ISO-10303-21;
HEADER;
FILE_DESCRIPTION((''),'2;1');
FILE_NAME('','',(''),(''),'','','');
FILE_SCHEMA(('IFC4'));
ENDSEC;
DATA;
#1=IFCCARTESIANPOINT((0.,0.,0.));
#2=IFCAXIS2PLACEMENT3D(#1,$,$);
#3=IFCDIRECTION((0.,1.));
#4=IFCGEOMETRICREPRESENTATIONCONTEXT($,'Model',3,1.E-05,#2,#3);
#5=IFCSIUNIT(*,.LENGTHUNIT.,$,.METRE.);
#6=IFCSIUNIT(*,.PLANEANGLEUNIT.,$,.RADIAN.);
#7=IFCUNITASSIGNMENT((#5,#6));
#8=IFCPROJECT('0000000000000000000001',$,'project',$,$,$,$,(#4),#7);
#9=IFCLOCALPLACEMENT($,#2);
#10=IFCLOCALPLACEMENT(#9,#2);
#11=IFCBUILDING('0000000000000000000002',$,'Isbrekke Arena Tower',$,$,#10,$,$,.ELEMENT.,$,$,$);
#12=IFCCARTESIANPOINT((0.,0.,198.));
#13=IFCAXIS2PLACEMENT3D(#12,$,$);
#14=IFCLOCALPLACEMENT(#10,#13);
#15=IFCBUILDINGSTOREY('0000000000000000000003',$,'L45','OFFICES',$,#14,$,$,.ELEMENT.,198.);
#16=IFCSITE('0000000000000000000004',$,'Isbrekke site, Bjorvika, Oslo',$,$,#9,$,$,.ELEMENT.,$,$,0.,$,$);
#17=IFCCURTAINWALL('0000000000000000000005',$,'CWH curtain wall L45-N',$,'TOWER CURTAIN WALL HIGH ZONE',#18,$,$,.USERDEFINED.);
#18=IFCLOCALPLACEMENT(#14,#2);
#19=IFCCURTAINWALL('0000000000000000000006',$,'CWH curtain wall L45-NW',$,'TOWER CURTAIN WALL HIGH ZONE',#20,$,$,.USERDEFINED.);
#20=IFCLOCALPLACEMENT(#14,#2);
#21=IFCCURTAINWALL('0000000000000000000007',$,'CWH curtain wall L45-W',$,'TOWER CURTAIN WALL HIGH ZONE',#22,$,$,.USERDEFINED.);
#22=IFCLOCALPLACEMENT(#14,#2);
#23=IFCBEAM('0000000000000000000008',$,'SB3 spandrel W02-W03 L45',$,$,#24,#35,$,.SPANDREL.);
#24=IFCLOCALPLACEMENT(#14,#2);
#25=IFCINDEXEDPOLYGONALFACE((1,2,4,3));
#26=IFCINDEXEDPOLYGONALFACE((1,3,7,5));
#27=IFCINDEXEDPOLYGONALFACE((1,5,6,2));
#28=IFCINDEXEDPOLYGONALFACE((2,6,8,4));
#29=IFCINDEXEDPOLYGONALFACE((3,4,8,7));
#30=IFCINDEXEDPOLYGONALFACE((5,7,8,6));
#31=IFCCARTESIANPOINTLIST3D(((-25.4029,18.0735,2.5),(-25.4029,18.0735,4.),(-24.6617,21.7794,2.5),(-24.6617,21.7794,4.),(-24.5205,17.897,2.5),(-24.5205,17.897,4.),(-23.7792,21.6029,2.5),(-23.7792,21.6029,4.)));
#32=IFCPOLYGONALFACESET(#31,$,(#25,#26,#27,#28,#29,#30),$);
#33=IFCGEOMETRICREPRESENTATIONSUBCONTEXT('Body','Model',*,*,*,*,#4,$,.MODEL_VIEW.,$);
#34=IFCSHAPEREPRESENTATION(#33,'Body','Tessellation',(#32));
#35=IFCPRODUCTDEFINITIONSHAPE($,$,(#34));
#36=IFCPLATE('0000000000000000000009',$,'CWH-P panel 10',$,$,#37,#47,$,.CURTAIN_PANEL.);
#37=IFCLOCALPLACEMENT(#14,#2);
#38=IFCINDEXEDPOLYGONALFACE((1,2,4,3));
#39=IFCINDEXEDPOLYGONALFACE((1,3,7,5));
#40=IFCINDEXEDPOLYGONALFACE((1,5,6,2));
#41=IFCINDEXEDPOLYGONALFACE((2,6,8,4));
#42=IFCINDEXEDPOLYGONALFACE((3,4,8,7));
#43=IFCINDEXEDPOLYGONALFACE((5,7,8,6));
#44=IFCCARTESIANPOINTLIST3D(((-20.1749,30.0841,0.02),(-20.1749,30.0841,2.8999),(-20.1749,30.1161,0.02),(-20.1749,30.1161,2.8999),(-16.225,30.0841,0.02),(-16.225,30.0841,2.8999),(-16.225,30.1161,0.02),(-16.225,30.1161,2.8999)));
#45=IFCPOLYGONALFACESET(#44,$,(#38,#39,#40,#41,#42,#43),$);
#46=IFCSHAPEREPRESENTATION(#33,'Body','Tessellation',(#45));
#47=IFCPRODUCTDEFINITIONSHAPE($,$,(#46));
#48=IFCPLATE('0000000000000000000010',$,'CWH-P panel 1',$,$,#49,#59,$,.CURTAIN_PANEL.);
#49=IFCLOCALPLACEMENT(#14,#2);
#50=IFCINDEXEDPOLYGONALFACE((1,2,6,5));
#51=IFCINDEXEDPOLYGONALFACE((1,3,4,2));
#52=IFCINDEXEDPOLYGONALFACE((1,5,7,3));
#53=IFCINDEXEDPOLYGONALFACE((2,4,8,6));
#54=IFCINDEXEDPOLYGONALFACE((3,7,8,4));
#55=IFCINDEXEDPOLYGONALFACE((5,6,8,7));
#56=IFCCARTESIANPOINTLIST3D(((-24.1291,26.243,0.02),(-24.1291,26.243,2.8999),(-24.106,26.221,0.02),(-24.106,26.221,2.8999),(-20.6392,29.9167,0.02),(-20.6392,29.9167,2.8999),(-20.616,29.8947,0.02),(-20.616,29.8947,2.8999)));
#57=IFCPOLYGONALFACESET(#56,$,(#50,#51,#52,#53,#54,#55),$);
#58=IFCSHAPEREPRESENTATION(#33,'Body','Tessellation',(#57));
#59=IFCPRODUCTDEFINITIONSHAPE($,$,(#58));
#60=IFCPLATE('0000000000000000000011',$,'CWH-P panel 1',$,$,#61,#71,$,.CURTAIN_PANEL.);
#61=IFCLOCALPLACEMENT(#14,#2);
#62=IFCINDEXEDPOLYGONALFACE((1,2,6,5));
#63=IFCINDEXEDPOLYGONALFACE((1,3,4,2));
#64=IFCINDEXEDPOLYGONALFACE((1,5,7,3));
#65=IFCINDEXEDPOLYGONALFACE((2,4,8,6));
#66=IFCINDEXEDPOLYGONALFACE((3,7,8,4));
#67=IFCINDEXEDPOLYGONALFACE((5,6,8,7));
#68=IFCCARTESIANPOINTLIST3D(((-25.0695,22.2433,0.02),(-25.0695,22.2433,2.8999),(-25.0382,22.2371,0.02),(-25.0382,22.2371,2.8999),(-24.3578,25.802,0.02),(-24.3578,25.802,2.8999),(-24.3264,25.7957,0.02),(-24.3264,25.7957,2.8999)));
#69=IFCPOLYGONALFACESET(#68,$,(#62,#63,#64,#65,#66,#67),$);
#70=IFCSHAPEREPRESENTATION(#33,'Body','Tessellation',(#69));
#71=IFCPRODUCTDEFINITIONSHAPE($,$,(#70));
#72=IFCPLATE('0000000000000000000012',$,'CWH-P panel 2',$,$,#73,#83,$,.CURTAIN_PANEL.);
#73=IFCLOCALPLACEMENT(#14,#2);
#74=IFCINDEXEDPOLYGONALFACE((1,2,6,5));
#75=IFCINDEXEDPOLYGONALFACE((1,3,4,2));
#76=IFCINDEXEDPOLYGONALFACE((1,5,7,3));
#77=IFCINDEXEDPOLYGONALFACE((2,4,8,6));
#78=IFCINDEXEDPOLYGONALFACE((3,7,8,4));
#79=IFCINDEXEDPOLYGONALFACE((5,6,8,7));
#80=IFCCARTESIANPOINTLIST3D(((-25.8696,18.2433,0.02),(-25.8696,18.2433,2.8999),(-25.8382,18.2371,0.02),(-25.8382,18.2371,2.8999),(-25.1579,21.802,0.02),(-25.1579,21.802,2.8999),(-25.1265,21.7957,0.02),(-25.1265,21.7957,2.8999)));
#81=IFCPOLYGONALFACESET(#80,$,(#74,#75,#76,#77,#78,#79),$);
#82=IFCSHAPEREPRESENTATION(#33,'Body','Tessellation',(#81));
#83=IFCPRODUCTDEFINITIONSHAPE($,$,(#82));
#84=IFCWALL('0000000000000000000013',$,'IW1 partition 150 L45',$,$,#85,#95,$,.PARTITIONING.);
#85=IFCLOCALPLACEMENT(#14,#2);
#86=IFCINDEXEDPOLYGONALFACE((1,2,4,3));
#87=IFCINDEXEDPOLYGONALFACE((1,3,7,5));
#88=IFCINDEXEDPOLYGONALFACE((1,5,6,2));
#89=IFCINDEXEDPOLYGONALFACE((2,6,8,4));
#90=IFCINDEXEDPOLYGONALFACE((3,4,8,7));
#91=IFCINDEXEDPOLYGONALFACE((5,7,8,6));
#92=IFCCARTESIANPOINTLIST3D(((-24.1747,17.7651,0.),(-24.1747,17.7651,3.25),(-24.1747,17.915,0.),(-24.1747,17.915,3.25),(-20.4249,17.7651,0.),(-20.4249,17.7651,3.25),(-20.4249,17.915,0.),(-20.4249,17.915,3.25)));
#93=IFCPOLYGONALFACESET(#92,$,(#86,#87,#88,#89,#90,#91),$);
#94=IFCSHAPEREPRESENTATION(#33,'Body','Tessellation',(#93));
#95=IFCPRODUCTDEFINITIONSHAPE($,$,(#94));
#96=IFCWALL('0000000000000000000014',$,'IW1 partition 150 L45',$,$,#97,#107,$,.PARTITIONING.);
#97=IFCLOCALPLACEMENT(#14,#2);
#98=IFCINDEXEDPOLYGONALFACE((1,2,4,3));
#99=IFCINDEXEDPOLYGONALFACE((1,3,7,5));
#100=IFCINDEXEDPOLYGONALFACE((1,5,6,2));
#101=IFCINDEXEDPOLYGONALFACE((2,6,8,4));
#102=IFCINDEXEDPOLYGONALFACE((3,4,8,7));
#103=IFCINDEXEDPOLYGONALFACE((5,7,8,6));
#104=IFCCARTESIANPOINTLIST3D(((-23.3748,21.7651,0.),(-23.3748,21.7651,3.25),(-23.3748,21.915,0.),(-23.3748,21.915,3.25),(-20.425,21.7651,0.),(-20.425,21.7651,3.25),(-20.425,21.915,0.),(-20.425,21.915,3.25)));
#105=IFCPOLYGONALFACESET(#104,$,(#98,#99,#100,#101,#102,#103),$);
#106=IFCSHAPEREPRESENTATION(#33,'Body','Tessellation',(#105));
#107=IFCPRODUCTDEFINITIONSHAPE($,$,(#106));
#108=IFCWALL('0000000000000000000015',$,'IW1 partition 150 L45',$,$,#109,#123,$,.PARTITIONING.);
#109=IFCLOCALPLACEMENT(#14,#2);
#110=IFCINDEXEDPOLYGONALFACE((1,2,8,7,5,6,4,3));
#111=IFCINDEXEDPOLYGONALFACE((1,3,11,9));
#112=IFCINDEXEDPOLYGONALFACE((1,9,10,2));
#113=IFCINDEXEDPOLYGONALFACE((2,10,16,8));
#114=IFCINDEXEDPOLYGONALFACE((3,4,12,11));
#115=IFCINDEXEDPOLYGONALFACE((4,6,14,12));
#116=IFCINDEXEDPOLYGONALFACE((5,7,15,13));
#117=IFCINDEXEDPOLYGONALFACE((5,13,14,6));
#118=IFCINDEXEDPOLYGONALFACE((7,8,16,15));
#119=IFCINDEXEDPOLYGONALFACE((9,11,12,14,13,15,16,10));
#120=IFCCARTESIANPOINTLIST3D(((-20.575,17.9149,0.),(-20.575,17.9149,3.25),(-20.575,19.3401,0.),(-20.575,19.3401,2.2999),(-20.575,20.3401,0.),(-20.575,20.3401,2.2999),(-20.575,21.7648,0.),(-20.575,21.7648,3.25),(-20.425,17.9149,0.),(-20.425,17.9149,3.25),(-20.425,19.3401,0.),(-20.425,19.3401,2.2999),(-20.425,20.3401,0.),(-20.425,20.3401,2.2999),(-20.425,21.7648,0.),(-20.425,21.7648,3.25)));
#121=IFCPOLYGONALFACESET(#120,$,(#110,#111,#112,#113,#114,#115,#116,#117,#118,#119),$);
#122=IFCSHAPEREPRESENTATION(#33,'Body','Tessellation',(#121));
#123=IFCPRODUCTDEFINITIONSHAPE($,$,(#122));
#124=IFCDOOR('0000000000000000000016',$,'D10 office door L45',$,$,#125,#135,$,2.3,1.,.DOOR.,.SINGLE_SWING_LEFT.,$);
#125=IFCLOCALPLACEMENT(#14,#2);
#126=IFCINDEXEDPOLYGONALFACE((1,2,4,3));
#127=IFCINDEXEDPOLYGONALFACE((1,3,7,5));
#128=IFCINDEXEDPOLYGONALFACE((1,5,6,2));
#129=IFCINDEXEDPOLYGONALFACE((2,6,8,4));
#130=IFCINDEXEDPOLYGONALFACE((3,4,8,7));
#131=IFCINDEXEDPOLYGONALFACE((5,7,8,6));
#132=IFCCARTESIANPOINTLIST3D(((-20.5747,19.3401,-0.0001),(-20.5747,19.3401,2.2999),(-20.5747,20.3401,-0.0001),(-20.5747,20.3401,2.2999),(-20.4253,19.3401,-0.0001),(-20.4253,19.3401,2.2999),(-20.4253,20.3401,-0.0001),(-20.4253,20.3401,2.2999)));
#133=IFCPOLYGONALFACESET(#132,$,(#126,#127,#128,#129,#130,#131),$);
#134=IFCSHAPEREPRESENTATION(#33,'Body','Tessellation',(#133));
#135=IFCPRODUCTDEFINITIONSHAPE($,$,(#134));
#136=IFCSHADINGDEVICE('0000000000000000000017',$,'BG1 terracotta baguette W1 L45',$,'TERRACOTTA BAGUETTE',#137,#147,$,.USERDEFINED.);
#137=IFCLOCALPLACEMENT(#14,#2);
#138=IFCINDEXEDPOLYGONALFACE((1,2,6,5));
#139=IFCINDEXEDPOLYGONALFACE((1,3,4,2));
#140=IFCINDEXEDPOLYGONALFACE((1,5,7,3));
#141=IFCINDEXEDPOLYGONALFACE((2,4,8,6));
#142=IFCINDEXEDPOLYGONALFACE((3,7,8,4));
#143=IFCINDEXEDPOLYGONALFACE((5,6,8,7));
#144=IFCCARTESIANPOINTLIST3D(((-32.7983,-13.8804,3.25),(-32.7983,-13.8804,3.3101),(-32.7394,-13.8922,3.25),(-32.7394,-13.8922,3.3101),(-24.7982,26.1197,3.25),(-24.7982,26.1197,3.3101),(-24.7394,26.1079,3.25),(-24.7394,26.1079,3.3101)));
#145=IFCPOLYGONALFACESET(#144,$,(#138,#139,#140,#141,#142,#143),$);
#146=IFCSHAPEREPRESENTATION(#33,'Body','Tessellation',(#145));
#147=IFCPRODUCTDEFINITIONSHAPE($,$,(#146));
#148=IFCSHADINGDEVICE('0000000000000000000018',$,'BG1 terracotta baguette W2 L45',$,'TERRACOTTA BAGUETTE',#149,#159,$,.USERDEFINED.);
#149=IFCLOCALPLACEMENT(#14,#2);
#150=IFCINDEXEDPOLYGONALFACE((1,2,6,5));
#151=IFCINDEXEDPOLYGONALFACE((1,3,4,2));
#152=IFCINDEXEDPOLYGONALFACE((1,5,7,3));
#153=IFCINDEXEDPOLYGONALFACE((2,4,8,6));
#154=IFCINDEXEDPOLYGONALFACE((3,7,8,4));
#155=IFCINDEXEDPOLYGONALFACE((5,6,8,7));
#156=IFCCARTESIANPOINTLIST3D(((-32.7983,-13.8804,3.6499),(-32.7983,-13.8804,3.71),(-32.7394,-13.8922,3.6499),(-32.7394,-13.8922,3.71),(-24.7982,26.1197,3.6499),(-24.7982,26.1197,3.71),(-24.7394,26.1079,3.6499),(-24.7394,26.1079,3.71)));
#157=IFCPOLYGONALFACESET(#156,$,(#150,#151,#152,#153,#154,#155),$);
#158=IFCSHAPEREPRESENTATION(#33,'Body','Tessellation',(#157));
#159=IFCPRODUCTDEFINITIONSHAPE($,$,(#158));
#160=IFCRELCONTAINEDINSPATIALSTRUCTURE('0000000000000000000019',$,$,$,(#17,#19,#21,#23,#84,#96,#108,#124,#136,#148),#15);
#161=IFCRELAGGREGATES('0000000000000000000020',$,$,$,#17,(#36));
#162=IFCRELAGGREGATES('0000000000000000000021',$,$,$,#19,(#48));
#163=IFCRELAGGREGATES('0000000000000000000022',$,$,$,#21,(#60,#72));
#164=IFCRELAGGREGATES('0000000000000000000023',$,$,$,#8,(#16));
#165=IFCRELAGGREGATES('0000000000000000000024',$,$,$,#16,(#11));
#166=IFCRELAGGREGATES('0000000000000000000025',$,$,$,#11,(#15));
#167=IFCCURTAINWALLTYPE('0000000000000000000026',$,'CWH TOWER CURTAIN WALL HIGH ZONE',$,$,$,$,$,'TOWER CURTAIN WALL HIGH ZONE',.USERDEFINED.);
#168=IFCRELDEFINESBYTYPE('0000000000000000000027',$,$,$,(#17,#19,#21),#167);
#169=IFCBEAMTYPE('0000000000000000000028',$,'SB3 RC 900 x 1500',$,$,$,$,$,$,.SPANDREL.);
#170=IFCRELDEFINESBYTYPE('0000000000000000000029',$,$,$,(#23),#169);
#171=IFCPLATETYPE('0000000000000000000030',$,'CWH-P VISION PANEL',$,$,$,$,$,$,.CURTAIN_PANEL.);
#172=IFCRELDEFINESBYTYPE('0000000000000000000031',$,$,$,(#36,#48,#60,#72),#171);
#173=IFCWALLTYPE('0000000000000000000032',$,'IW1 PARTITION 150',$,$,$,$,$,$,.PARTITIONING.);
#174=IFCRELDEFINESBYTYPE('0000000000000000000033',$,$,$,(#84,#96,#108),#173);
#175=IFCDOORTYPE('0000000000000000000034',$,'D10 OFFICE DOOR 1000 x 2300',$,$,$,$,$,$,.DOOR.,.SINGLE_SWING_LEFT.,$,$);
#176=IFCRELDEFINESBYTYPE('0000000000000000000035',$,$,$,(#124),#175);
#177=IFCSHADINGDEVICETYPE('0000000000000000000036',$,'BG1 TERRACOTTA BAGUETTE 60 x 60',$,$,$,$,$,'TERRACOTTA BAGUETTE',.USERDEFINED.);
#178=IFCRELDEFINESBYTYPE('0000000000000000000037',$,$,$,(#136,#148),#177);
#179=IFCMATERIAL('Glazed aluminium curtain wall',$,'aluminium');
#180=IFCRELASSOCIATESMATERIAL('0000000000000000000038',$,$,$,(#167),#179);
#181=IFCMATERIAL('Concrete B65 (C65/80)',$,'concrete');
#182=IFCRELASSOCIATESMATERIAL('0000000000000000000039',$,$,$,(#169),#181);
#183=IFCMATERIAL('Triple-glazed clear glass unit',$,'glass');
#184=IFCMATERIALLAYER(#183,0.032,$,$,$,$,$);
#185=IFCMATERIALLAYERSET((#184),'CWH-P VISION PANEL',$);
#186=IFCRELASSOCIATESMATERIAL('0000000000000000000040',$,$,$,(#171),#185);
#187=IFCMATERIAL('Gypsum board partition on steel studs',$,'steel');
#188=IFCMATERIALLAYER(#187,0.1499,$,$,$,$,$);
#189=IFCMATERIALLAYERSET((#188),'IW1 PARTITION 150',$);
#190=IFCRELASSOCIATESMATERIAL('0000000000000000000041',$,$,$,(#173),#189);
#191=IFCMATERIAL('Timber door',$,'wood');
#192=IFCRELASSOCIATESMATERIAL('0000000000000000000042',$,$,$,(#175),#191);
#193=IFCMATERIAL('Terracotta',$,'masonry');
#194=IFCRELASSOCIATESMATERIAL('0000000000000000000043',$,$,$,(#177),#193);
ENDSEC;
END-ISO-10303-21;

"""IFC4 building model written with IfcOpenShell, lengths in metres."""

from ifc_helpers import new_model, si_unit, direction, frame, frame_2d, origin, origin_2d, place, context, subcontext, project, spatial, rectangle, extrude, material, layer, layer_set, material_profile, profile_set, type_object, element, fill, aggregate, save


model = new_model("IFC4")

# Units and contexts
model_context = context("Model", 3, precision=1e-05, world=origin(), true_north=direction((0.0, 1.0)))
body_context = subcontext(model_context, "Body", "Model", "MODEL_VIEW")
ifc_project = project(units=[si_unit("LENGTHUNIT", "METRE"), si_unit("PLANEANGLEUNIT", "RADIAN")], contexts=[model_context])

# Site, building, storey
site_placement = place(None, origin())
site = spatial("IfcSite", under=ifc_project, at=site_placement, Name="Isbrekke site, Bjorvika, Oslo", CompositionType="ELEMENT", RefElevation=0.0)
building_placement = place(site_placement, origin())
building = spatial("IfcBuilding", under=site, at=building_placement, Name="Isbrekke Arena Tower", CompositionType="ELEMENT")
storey_placement = place(building_placement, frame((0.0, 0.0, 198.0)))
storey = spatial("IfcBuildingStorey", under=building, at=storey_placement, Name="L45", Description="OFFICES", CompositionType="ELEMENT", Elevation=198.0)

# Curtain walls
ifc_material_1 = material(Name="Glazed aluminium curtain wall", Category="aluminium")
curtain_wall_type = type_object("IfcCurtainWallType", Name="CWH TOWER CURTAIN WALL HIGH ZONE", ElementType="TOWER CURTAIN WALL HIGH ZONE", PredefinedType="USERDEFINED", material=ifc_material_1)
curtain_wall_1_placement = place(storey_placement, origin())
curtain_wall_1 = element("IfcCurtainWall", 1, at=curtain_wall_1_placement, inside=storey, type_object=curtain_wall_type, Name="CWH curtain wall L45-N", ObjectType="TOWER CURTAIN WALL HIGH ZONE", PredefinedType="USERDEFINED")
curtain_wall_2_placement = place(storey_placement, origin())
curtain_wall_2 = element("IfcCurtainWall", 2, at=curtain_wall_2_placement, inside=storey, type_object=curtain_wall_type, Name="CWH curtain wall L45-NW", ObjectType="TOWER CURTAIN WALL HIGH ZONE", PredefinedType="USERDEFINED")

# Curtain wall
curtain_wall_3_placement = place(storey_placement, origin())
curtain_wall_3 = element("IfcCurtainWall", 3, at=curtain_wall_3_placement, inside=storey, type_object=curtain_wall_type, Name="CWH curtain wall L45-W", ObjectType="TOWER CURTAIN WALL HIGH ZONE", PredefinedType="USERDEFINED")

# Beam
ifc_material_2 = material(Name="Concrete B65 (C65/80)", Category="concrete")
ifc_material_profile_1 = material_profile(ifc_material_2, rectangle(XDim=0.8999, YDim=1.5, at=origin_2d()), Name="RC 900x1500")
ifc_profile_set_1 = profile_set([ifc_material_profile_1], Name="Concrete B65 (C65/80)")
beam_type_1 = type_object("IfcBeamType", Name="SB3 RC 900 x 1500", PredefinedType="SPANDREL", material=ifc_profile_set_1)
beam_1_placement = place(storey_placement, frame((-24.2205, 21.6912, 3.25), z_axis=(-0.196129, -0.980578, 0.0), x_axis=(0.980578, -0.196129, 0.0)))
element("IfcBeam", 4, at=beam_1_placement, inside=storey, type_object=beam_type_1, Name="SB3 spandrel W02-W03 L45", PredefinedType="SPANDREL", context=body_context, shape_type="SweptSolid", body=[
    extrude(rectangle(XDim=0.8999, YDim=1.5, at=origin_2d()), origin(), (0.0, 0.0, 1.0), 3.7793),
])

# Plates
ifc_material_3 = material(Name="Triple-glazed clear glass unit", Category="glass")
ifc_layer_1 = layer(ifc_material_3, 0.032)
ifc_layer_set_1 = layer_set([ifc_layer_1], Name="CWH-P VISION PANEL")
plate_type = type_object("IfcPlateType", Name="CWH-P VISION PANEL", PredefinedType="CURTAIN_PANEL", material=ifc_layer_set_1)
plate_1_placement = place(storey_placement, frame((-18.2, 30.1001, 0.02), z_axis=(0.0, 0.0, 1.0), x_axis=(-1.0, 0.0, 0.0)))
plate_1 = element("IfcPlate", 5, at=plate_1_placement, type_object=plate_type, Name="CWH-P panel 10", PredefinedType="CURTAIN_PANEL", context=body_context, shape_type="SweptSolid", body=[
    extrude(rectangle(XDim=3.95, YDim=0.032, at=origin_2d()), origin(), (0.0, 0.0, 1.0), 2.8799),
])
aggregate(curtain_wall_1, [plate_1])
plate_2_placement = place(storey_placement, frame((-22.3726, 28.0688, 0.02), z_axis=(0.0, 0.0, 1.0), x_axis=(-0.688749, -0.724999, 0.0)))
plate_2 = element("IfcPlate", 6, at=plate_2_placement, type_object=plate_type, Name="CWH-P panel 1", PredefinedType="CURTAIN_PANEL", context=body_context, shape_type="SweptSolid", body=[
    extrude(rectangle(XDim=5.0671, YDim=0.032, at=origin_2d()), origin(), (0.0, 0.0, 1.0), 2.8799),
])
aggregate(curtain_wall_2, [plate_2])
plate_3_placement = place(storey_placement, frame((-24.698, 24.0195, 0.02), z_axis=(0.0, 0.0, 1.0), x_axis=(-0.196116, -0.980581, 0.0)))
plate_3 = element("IfcPlate", 7, at=plate_3_placement, type_object=plate_type, Name="CWH-P panel 1", PredefinedType="CURTAIN_PANEL", context=body_context, shape_type="SweptSolid", body=[
    extrude(rectangle(XDim=3.6292, YDim=0.032, at=origin_2d()), origin(), (0.0, 0.0, 1.0), 2.8799),
])
plate_4_placement = place(storey_placement, frame((-25.498, 20.0195, 0.02), z_axis=(0.0, 0.0, 1.0), x_axis=(-0.196116, -0.980581, 0.0)))
plate_4 = element("IfcPlate", 8, at=plate_4_placement, type_object=plate_type, Name="CWH-P panel 2", PredefinedType="CURTAIN_PANEL", context=body_context, shape_type="SweptSolid", body=[
    extrude(rectangle(XDim=3.6292, YDim=0.032, at=origin_2d()), origin(), (0.0, 0.0, 1.0), 2.8799),
])
aggregate(curtain_wall_3, [plate_3, plate_4])

# Walls
ifc_material_4 = material(Name="Gypsum board partition on steel studs", Category="steel")
ifc_layer_2 = layer(ifc_material_4, 0.1499)
ifc_layer_set_2 = layer_set([ifc_layer_2], Name="IW1 PARTITION 150")
wall_type = type_object("IfcWallType", Name="IW1 PARTITION 150", PredefinedType="PARTITIONING", material=ifc_layer_set_2)
wall_1_placement = place(storey_placement, frame((-24.1748, 17.8401, 0.0), z_axis=(0.0, 0.0, 1.0), x_axis=(1.0, 0.0, 0.0)))
element("IfcWall", 9, at=wall_1_placement, inside=storey, type_object=wall_type, Name="IW1 partition 150 L45", PredefinedType="PARTITIONING", context=body_context, shape_type="SweptSolid", body=[
    extrude(rectangle(XDim=3.7498, YDim=0.1499, at=frame_2d((1.875, 0.0))), origin(), (0.0, 0.0, 1.0), 3.25),
])
wall_2_placement = place(storey_placement, frame((-23.3748, 21.8401, 0.0), z_axis=(0.0, 0.0, 1.0), x_axis=(1.0, 0.0, 0.0)))
element("IfcWall", 10, at=wall_2_placement, inside=storey, type_object=wall_type, Name="IW1 partition 150 L45", PredefinedType="PARTITIONING", context=body_context, shape_type="SweptSolid", body=[
    extrude(rectangle(XDim=2.9497, YDim=0.1499, at=frame_2d((1.4749, 0.0))), origin(), (0.0, 0.0, 1.0), 3.25),
])

# Wall, opening, door
wall_3_placement = place(storey_placement, frame((-20.5, 17.915, 0.0), z_axis=(0.0, 0.0, 1.0), x_axis=(0.0, 1.0, 0.0)))
wall_3 = element("IfcWall", 11, at=wall_3_placement, inside=storey, type_object=wall_type, Name="IW1 partition 150 L45", PredefinedType="PARTITIONING", context=body_context, shape_type="SweptSolid", body=[
    extrude(rectangle(XDim=3.8499, YDim=0.1499, at=frame_2d((1.9248, 0.0))), origin(), (0.0, 0.0, 1.0), 3.25),
])
opening_placement = place(wall_3_placement, frame((1.425, 0.0, 0.0)))
opening = element("IfcOpeningElement", 12, at=opening_placement, cuts=wall_3, PredefinedType="OPENING", context=body_context, shape_type="SweptSolid", body=[
    extrude(rectangle(XDim=1.0, YDim=2.3, at=frame_2d((0.5, 1.1499))), frame((0.0, 0.0898, 0.0), z_axis=(0.0, -1.0, 0.0), x_axis=(1.0, 0.0, 0.0)), (0.0, 0.0, 1.0), 0.1797),
])
ifc_material_5 = material(Name="Timber door", Category="wood")
door_type = type_object("IfcDoorType", Name="D10 OFFICE DOOR 1000 x 2300", OperationType="SINGLE_SWING_LEFT", PredefinedType="DOOR", material=ifc_material_5)
door_placement = place(opening_placement, origin())
door = element("IfcDoor", 13, at=door_placement, inside=storey, type_object=door_type, Name="D10 office door L45", OperationType="SINGLE_SWING_LEFT", OverallHeight=2.3, OverallWidth=1.0, PredefinedType="DOOR", context=body_context, shape_type="SweptSolid", body=[
    extrude(rectangle(XDim=1.0, YDim=2.3, at=frame_2d((0.5, 1.1499))), frame((0.0, 0.0747, 0.0), z_axis=(0.0, -1.0, 0.0), x_axis=(1.0, 0.0, 0.0)), (0.0, 0.0, 1.0), 0.1494),
])
fill(opening, door)

# Shading devices
ifc_material_6 = material(Name="Terracotta", Category="masonry")
ifc_material_profile_2 = material_profile(ifc_material_6, rectangle(XDim=0.0601, YDim=0.0601, at=origin_2d()), Name="BAGUETTE 60X60")
ifc_profile_set_2 = profile_set([ifc_material_profile_2], Name="Terracotta")
shading_device_type = type_object("IfcShadingDeviceType", Name="BG1 TERRACOTTA BAGUETTE 60 x 60", ElementType="TERRACOTTA BAGUETTE", PredefinedType="USERDEFINED", material=ifc_profile_set_2)
for number, where, z_axis, x_axis, name in (
    (14, (-24.7688, 26.1138, 3.28), (-0.196116, -0.980581, 0.0), (0.980581, -0.196116, 0.0), "BG1 terracotta baguette W1 L45"),
    (15, (-24.7688, 26.1138, 3.6799), (-0.196116, -0.980581, 0.0), (0.980581, -0.196116, 0.0), "BG1 terracotta baguette W2 L45"),
):
    element("IfcShadingDevice", number, at=place(storey_placement, frame(where, z_axis=z_axis, x_axis=x_axis)), inside=storey, type_object=shading_device_type, Name=name, ObjectType="TERRACOTTA BAGUETTE", PredefinedType="USERDEFINED", context=body_context, shape_type="SweptSolid", body=[
        extrude(rectangle(XDim=0.0601, YDim=0.0601, at=origin_2d()), origin(), (0.0, 0.0, 1.0), 40.7922),
    ])

save(model, "model.ifc")
